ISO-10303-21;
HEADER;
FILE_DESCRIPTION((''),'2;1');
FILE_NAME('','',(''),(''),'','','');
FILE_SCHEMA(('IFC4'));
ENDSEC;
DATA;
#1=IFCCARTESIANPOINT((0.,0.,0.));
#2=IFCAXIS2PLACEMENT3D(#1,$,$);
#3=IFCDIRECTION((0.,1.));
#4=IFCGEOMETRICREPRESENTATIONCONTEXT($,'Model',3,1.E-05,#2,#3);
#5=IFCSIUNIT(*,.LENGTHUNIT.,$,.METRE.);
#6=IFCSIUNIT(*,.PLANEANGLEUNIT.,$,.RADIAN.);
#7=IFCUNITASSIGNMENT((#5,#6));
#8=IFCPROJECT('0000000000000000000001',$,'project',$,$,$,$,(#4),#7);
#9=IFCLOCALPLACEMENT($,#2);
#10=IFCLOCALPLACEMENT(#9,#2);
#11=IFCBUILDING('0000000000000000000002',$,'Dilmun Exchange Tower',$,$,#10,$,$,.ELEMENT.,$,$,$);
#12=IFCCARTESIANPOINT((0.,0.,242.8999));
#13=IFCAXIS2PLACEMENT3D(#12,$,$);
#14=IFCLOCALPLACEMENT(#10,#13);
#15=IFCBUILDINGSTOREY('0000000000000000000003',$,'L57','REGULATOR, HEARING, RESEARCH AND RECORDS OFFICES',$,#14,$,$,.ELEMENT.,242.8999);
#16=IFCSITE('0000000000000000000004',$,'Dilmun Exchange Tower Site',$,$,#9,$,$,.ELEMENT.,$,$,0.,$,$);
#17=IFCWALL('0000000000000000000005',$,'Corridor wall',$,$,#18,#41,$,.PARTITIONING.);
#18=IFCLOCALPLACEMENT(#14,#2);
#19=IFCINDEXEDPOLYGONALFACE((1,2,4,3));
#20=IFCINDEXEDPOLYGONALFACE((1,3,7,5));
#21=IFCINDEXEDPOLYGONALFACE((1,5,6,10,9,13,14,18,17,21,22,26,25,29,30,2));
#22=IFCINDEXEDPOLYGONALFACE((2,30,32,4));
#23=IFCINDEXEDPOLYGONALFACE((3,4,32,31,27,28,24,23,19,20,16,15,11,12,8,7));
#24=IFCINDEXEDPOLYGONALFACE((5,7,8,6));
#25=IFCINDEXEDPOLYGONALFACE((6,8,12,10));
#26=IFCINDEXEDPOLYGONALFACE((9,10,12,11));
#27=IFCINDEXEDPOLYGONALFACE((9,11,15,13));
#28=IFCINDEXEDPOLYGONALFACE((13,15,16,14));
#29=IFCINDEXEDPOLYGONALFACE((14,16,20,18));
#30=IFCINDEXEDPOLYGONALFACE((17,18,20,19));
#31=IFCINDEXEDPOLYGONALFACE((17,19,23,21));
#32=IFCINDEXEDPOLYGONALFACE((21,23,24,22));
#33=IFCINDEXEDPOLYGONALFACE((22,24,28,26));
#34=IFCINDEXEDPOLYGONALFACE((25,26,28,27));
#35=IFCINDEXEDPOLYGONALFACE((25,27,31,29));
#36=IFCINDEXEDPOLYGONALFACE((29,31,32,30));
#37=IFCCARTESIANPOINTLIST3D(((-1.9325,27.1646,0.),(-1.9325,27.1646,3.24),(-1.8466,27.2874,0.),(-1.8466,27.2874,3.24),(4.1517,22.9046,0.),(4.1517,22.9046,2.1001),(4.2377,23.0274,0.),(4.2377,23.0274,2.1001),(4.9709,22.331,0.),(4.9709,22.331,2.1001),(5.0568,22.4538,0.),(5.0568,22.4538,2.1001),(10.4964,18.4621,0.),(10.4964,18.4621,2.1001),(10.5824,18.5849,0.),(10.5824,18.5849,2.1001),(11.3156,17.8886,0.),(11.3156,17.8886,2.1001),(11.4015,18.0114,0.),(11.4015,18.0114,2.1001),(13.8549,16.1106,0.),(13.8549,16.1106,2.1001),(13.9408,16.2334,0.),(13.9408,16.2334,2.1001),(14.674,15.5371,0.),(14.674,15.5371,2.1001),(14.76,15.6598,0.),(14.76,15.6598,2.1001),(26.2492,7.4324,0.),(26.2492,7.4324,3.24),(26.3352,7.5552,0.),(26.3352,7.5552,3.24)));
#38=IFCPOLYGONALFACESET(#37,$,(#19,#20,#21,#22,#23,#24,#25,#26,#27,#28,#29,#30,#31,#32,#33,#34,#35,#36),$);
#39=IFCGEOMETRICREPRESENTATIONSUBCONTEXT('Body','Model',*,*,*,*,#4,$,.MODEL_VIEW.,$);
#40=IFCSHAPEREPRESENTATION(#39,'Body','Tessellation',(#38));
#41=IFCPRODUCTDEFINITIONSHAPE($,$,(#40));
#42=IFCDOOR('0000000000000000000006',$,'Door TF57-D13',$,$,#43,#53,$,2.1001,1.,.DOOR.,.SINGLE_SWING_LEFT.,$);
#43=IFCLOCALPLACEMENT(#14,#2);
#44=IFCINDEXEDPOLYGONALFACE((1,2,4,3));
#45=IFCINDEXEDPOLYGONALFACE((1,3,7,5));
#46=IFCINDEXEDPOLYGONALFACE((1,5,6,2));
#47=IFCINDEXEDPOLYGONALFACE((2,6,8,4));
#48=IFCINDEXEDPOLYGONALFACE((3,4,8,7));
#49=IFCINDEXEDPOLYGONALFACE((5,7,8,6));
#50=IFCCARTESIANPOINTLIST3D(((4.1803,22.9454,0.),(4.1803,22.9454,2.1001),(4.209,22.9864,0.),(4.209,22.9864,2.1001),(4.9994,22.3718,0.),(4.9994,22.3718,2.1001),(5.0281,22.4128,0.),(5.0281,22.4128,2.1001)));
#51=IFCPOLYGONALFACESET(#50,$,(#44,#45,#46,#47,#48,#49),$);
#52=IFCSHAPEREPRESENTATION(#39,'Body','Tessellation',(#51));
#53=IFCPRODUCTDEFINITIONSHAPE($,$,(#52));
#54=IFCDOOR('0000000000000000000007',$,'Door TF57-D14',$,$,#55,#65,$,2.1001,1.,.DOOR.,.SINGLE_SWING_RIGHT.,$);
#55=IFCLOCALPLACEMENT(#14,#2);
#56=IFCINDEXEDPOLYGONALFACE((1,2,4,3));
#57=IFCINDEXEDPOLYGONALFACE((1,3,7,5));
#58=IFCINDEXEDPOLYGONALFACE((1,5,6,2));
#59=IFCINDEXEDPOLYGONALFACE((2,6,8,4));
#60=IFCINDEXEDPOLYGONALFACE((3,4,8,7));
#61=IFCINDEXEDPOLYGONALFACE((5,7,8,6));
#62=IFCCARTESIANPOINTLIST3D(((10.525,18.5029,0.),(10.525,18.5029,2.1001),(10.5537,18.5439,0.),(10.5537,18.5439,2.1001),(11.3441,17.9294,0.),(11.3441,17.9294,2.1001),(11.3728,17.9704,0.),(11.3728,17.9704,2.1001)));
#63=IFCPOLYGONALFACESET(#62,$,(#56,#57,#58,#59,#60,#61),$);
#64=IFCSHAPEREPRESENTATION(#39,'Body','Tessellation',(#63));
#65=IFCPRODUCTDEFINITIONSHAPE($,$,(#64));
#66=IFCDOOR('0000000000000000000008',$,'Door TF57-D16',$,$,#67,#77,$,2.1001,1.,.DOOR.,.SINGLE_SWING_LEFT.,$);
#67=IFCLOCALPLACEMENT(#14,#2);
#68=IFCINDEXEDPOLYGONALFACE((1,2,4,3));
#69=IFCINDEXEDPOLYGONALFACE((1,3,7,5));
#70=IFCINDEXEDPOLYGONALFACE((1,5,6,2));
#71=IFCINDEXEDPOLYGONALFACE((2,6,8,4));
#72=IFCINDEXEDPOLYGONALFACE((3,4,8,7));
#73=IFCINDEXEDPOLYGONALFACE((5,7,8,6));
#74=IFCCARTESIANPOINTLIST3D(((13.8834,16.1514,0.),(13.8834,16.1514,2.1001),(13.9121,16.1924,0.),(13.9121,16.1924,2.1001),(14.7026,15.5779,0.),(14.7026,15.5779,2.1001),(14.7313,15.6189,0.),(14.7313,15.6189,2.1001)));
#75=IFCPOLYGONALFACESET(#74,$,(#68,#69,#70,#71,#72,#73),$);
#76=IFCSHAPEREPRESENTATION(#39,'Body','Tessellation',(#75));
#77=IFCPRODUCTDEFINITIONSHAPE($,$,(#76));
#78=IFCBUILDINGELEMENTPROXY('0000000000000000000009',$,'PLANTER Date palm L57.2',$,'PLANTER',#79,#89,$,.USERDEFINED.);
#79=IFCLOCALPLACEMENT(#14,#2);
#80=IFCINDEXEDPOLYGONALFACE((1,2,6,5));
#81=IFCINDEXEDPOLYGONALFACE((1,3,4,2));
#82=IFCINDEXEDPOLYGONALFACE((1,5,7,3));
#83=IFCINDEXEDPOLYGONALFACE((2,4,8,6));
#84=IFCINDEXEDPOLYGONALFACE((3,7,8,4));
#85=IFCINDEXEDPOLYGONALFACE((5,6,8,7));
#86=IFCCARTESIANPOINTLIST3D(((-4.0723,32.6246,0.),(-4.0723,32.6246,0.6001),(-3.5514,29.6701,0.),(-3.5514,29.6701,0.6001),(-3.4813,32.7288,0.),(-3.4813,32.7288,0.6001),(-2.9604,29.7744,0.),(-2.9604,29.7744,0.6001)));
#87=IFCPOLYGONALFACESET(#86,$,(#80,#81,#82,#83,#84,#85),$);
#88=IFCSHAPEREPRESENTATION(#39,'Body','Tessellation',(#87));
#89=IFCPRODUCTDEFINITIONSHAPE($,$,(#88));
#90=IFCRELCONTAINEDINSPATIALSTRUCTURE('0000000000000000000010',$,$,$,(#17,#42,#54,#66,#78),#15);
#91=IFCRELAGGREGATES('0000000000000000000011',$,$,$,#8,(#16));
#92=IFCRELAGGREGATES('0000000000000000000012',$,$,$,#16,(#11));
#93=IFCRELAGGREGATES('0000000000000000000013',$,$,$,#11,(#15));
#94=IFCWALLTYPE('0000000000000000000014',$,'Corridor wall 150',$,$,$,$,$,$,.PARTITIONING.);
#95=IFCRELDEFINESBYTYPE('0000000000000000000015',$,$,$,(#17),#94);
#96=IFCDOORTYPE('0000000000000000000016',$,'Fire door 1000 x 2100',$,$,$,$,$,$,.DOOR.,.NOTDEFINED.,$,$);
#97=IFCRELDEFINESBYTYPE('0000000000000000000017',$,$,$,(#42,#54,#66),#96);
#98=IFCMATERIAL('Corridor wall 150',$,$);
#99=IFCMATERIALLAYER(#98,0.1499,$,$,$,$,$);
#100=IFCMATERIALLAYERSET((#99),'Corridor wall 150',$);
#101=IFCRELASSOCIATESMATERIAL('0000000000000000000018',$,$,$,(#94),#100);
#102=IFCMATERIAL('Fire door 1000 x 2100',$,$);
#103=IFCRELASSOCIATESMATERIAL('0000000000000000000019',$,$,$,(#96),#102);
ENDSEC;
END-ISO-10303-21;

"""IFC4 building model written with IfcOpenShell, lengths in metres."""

from ifc_helpers import new_model, si_unit, direction, frame, frame_2d, origin, origin_2d, place, context, subcontext, project, spatial, rectangle, extrude, material, layer, layer_set, type_object, element, fill, save


model = new_model("IFC4")

# Units and contexts
model_context = context("Model", 3, precision=1e-05, world=origin(), true_north=direction((0.0, 1.0)))
body_context = subcontext(model_context, "Body", "Model", "MODEL_VIEW")
ifc_project = project(units=[si_unit("LENGTHUNIT", "METRE"), si_unit("PLANEANGLEUNIT", "RADIAN")], contexts=[model_context])

# Site, building, storey
site_placement = place(None, origin())
site = spatial("IfcSite", under=ifc_project, at=site_placement, Name="Dilmun Exchange Tower Site", CompositionType="ELEMENT", RefElevation=0.0)
building_placement = place(site_placement, origin())
building = spatial("IfcBuilding", under=site, at=building_placement, Name="Dilmun Exchange Tower", CompositionType="ELEMENT")
storey_placement = place(building_placement, frame((0.0, 0.0, 242.8999)))
storey = spatial("IfcBuildingStorey", under=building, at=storey_placement, Name="L57", Description="REGULATOR, HEARING, RESEARCH AND RECORDS OFFICES", CompositionType="ELEMENT", Elevation=242.8999)

# Shared definitions
ifc_material_1 = material(Name="Corridor wall 150")
ifc_layer_1 = layer(ifc_material_1, 0.1499)
ifc_layer_set_1 = layer_set([ifc_layer_1], Name="Corridor wall 150")
wall_type_1 = type_object("IfcWallType", Name="Corridor wall 150", PredefinedType="PARTITIONING", material=ifc_layer_set_1)

# Wall, openings, doors
wall_1_placement = place(storey_placement, frame((-1.8896, 27.2261, 0.0), z_axis=(0.0, 0.0, 1.0), x_axis=(0.819163, -0.57356, 0.0)))
wall_1 = element("IfcWall", 1, at=wall_1_placement, inside=storey, type_object=wall_type_1, Name="Corridor wall", PredefinedType="PARTITIONING", context=body_context, shape_type="SweptSolid", body=[
    extrude(rectangle(XDim=34.4031, YDim=0.1499, at=frame_2d((17.2017, 0.0))), origin(), (0.0, 0.0, 1.0), 3.24),
])
opening_1_placement = place(wall_1_placement, frame((7.4275, 0.0, 0.0)))
opening_1 = element("IfcOpeningElement", 2, at=opening_1_placement, cuts=wall_1, PredefinedType="OPENING", context=body_context, shape_type="SweptSolid", body=[
    extrude(rectangle(XDim=1.0, YDim=2.1001, at=frame_2d((0.5, 1.05))), frame((0.0, 0.085, 0.0), z_axis=(0.0, -1.0, 0.0), x_axis=(1.0, 0.0, 0.0)), (0.0, 0.0, 1.0), 0.1699),
])
opening_2_placement = place(wall_1_placement, frame((15.1729, 0.0, 0.0)))
opening_2 = element("IfcOpeningElement", 3, at=opening_2_placement, cuts=wall_1, PredefinedType="OPENING", context=body_context, shape_type="SweptSolid", body=[
    extrude(rectangle(XDim=1.0, YDim=2.1001, at=frame_2d((0.5, 1.05))), frame((0.0, 0.085, 0.0), z_axis=(0.0, -1.0, 0.0), x_axis=(1.0, 0.0, 0.0)), (0.0, 0.0, 1.0), 0.1699),
])
opening_3_placement = place(wall_1_placement, frame((19.2727, 0.0, 0.0)))
opening_3 = element("IfcOpeningElement", 4, at=opening_3_placement, cuts=wall_1, PredefinedType="OPENING", context=body_context, shape_type="SweptSolid", body=[
    extrude(rectangle(XDim=1.0, YDim=2.1001, at=frame_2d((0.5, 1.05))), frame((0.0, 0.085, 0.0), z_axis=(0.0, -1.0, 0.0), x_axis=(1.0, 0.0, 0.0)), (0.0, 0.0, 1.0), 0.1699),
])
ifc_material_2 = material(Name="Fire door 1000 x 2100")
door_type_1 = type_object("IfcDoorType", Name="Fire door 1000 x 2100", OperationType="NOTDEFINED", PredefinedType="DOOR", material=ifc_material_2)
door_1_placement = place(opening_1_placement, origin())
door_1 = element("IfcDoor", 5, at=door_1_placement, inside=storey, type_object=door_type_1, Name="Door TF57-D13", OperationType="SINGLE_SWING_LEFT", OverallHeight=2.1001, OverallWidth=1.0, PredefinedType="DOOR", context=body_context, shape_type="SweptSolid", body=[
    extrude(rectangle(XDim=1.0, YDim=2.1001, at=frame_2d((0.5, 1.05))), frame((0.0, 0.0249, 0.0), z_axis=(0.0, -1.0, 0.0), x_axis=(1.0, 0.0, 0.0)), (0.0, 0.0, 1.0), 0.05),
])
fill(opening_1, door_1)
door_2_placement = place(opening_2_placement, origin())
door_2 = element("IfcDoor", 6, at=door_2_placement, inside=storey, type_object=door_type_1, Name="Door TF57-D14", OperationType="SINGLE_SWING_RIGHT", OverallHeight=2.1001, OverallWidth=1.0, PredefinedType="DOOR", context=body_context, shape_type="SweptSolid", body=[
    extrude(rectangle(XDim=1.0, YDim=2.1001, at=frame_2d((0.5, 1.05))), frame((0.0, 0.0249, 0.0), z_axis=(0.0, -1.0, 0.0), x_axis=(1.0, 0.0, 0.0)), (0.0, 0.0, 1.0), 0.05),
])
fill(opening_2, door_2)
door_3_placement = place(opening_3_placement, origin())
door_3 = element("IfcDoor", 7, at=door_3_placement, inside=storey, type_object=door_type_1, Name="Door TF57-D16", OperationType="SINGLE_SWING_LEFT", OverallHeight=2.1001, OverallWidth=1.0, PredefinedType="DOOR", context=body_context, shape_type="SweptSolid", body=[
    extrude(rectangle(XDim=1.0, YDim=2.1001, at=frame_2d((0.5, 1.05))), frame((0.0, 0.0249, 0.0), z_axis=(0.0, -1.0, 0.0), x_axis=(1.0, 0.0, 0.0)), (0.0, 0.0, 1.0), 0.05),
])
fill(opening_3, door_3)

# Building element proxy
proxy_placement = place(storey_placement, frame((-3.5164, 31.1995, 0.0), z_axis=(0.0, 0.0, 1.0), x_axis=(-0.173648, 0.984808, 0.0)))
element("IfcBuildingElementProxy", 8, at=proxy_placement, inside=storey, Name="PLANTER Date palm L57.2", ObjectType="PLANTER", PredefinedType="USERDEFINED", context=body_context, shape_type="SweptSolid", body=[
    extrude(rectangle(XDim=3.0, YDim=0.6001, at=origin_2d()), origin(), (0.0, 0.0, 1.0), 0.6001),
])

save(model, "model.ifc")
